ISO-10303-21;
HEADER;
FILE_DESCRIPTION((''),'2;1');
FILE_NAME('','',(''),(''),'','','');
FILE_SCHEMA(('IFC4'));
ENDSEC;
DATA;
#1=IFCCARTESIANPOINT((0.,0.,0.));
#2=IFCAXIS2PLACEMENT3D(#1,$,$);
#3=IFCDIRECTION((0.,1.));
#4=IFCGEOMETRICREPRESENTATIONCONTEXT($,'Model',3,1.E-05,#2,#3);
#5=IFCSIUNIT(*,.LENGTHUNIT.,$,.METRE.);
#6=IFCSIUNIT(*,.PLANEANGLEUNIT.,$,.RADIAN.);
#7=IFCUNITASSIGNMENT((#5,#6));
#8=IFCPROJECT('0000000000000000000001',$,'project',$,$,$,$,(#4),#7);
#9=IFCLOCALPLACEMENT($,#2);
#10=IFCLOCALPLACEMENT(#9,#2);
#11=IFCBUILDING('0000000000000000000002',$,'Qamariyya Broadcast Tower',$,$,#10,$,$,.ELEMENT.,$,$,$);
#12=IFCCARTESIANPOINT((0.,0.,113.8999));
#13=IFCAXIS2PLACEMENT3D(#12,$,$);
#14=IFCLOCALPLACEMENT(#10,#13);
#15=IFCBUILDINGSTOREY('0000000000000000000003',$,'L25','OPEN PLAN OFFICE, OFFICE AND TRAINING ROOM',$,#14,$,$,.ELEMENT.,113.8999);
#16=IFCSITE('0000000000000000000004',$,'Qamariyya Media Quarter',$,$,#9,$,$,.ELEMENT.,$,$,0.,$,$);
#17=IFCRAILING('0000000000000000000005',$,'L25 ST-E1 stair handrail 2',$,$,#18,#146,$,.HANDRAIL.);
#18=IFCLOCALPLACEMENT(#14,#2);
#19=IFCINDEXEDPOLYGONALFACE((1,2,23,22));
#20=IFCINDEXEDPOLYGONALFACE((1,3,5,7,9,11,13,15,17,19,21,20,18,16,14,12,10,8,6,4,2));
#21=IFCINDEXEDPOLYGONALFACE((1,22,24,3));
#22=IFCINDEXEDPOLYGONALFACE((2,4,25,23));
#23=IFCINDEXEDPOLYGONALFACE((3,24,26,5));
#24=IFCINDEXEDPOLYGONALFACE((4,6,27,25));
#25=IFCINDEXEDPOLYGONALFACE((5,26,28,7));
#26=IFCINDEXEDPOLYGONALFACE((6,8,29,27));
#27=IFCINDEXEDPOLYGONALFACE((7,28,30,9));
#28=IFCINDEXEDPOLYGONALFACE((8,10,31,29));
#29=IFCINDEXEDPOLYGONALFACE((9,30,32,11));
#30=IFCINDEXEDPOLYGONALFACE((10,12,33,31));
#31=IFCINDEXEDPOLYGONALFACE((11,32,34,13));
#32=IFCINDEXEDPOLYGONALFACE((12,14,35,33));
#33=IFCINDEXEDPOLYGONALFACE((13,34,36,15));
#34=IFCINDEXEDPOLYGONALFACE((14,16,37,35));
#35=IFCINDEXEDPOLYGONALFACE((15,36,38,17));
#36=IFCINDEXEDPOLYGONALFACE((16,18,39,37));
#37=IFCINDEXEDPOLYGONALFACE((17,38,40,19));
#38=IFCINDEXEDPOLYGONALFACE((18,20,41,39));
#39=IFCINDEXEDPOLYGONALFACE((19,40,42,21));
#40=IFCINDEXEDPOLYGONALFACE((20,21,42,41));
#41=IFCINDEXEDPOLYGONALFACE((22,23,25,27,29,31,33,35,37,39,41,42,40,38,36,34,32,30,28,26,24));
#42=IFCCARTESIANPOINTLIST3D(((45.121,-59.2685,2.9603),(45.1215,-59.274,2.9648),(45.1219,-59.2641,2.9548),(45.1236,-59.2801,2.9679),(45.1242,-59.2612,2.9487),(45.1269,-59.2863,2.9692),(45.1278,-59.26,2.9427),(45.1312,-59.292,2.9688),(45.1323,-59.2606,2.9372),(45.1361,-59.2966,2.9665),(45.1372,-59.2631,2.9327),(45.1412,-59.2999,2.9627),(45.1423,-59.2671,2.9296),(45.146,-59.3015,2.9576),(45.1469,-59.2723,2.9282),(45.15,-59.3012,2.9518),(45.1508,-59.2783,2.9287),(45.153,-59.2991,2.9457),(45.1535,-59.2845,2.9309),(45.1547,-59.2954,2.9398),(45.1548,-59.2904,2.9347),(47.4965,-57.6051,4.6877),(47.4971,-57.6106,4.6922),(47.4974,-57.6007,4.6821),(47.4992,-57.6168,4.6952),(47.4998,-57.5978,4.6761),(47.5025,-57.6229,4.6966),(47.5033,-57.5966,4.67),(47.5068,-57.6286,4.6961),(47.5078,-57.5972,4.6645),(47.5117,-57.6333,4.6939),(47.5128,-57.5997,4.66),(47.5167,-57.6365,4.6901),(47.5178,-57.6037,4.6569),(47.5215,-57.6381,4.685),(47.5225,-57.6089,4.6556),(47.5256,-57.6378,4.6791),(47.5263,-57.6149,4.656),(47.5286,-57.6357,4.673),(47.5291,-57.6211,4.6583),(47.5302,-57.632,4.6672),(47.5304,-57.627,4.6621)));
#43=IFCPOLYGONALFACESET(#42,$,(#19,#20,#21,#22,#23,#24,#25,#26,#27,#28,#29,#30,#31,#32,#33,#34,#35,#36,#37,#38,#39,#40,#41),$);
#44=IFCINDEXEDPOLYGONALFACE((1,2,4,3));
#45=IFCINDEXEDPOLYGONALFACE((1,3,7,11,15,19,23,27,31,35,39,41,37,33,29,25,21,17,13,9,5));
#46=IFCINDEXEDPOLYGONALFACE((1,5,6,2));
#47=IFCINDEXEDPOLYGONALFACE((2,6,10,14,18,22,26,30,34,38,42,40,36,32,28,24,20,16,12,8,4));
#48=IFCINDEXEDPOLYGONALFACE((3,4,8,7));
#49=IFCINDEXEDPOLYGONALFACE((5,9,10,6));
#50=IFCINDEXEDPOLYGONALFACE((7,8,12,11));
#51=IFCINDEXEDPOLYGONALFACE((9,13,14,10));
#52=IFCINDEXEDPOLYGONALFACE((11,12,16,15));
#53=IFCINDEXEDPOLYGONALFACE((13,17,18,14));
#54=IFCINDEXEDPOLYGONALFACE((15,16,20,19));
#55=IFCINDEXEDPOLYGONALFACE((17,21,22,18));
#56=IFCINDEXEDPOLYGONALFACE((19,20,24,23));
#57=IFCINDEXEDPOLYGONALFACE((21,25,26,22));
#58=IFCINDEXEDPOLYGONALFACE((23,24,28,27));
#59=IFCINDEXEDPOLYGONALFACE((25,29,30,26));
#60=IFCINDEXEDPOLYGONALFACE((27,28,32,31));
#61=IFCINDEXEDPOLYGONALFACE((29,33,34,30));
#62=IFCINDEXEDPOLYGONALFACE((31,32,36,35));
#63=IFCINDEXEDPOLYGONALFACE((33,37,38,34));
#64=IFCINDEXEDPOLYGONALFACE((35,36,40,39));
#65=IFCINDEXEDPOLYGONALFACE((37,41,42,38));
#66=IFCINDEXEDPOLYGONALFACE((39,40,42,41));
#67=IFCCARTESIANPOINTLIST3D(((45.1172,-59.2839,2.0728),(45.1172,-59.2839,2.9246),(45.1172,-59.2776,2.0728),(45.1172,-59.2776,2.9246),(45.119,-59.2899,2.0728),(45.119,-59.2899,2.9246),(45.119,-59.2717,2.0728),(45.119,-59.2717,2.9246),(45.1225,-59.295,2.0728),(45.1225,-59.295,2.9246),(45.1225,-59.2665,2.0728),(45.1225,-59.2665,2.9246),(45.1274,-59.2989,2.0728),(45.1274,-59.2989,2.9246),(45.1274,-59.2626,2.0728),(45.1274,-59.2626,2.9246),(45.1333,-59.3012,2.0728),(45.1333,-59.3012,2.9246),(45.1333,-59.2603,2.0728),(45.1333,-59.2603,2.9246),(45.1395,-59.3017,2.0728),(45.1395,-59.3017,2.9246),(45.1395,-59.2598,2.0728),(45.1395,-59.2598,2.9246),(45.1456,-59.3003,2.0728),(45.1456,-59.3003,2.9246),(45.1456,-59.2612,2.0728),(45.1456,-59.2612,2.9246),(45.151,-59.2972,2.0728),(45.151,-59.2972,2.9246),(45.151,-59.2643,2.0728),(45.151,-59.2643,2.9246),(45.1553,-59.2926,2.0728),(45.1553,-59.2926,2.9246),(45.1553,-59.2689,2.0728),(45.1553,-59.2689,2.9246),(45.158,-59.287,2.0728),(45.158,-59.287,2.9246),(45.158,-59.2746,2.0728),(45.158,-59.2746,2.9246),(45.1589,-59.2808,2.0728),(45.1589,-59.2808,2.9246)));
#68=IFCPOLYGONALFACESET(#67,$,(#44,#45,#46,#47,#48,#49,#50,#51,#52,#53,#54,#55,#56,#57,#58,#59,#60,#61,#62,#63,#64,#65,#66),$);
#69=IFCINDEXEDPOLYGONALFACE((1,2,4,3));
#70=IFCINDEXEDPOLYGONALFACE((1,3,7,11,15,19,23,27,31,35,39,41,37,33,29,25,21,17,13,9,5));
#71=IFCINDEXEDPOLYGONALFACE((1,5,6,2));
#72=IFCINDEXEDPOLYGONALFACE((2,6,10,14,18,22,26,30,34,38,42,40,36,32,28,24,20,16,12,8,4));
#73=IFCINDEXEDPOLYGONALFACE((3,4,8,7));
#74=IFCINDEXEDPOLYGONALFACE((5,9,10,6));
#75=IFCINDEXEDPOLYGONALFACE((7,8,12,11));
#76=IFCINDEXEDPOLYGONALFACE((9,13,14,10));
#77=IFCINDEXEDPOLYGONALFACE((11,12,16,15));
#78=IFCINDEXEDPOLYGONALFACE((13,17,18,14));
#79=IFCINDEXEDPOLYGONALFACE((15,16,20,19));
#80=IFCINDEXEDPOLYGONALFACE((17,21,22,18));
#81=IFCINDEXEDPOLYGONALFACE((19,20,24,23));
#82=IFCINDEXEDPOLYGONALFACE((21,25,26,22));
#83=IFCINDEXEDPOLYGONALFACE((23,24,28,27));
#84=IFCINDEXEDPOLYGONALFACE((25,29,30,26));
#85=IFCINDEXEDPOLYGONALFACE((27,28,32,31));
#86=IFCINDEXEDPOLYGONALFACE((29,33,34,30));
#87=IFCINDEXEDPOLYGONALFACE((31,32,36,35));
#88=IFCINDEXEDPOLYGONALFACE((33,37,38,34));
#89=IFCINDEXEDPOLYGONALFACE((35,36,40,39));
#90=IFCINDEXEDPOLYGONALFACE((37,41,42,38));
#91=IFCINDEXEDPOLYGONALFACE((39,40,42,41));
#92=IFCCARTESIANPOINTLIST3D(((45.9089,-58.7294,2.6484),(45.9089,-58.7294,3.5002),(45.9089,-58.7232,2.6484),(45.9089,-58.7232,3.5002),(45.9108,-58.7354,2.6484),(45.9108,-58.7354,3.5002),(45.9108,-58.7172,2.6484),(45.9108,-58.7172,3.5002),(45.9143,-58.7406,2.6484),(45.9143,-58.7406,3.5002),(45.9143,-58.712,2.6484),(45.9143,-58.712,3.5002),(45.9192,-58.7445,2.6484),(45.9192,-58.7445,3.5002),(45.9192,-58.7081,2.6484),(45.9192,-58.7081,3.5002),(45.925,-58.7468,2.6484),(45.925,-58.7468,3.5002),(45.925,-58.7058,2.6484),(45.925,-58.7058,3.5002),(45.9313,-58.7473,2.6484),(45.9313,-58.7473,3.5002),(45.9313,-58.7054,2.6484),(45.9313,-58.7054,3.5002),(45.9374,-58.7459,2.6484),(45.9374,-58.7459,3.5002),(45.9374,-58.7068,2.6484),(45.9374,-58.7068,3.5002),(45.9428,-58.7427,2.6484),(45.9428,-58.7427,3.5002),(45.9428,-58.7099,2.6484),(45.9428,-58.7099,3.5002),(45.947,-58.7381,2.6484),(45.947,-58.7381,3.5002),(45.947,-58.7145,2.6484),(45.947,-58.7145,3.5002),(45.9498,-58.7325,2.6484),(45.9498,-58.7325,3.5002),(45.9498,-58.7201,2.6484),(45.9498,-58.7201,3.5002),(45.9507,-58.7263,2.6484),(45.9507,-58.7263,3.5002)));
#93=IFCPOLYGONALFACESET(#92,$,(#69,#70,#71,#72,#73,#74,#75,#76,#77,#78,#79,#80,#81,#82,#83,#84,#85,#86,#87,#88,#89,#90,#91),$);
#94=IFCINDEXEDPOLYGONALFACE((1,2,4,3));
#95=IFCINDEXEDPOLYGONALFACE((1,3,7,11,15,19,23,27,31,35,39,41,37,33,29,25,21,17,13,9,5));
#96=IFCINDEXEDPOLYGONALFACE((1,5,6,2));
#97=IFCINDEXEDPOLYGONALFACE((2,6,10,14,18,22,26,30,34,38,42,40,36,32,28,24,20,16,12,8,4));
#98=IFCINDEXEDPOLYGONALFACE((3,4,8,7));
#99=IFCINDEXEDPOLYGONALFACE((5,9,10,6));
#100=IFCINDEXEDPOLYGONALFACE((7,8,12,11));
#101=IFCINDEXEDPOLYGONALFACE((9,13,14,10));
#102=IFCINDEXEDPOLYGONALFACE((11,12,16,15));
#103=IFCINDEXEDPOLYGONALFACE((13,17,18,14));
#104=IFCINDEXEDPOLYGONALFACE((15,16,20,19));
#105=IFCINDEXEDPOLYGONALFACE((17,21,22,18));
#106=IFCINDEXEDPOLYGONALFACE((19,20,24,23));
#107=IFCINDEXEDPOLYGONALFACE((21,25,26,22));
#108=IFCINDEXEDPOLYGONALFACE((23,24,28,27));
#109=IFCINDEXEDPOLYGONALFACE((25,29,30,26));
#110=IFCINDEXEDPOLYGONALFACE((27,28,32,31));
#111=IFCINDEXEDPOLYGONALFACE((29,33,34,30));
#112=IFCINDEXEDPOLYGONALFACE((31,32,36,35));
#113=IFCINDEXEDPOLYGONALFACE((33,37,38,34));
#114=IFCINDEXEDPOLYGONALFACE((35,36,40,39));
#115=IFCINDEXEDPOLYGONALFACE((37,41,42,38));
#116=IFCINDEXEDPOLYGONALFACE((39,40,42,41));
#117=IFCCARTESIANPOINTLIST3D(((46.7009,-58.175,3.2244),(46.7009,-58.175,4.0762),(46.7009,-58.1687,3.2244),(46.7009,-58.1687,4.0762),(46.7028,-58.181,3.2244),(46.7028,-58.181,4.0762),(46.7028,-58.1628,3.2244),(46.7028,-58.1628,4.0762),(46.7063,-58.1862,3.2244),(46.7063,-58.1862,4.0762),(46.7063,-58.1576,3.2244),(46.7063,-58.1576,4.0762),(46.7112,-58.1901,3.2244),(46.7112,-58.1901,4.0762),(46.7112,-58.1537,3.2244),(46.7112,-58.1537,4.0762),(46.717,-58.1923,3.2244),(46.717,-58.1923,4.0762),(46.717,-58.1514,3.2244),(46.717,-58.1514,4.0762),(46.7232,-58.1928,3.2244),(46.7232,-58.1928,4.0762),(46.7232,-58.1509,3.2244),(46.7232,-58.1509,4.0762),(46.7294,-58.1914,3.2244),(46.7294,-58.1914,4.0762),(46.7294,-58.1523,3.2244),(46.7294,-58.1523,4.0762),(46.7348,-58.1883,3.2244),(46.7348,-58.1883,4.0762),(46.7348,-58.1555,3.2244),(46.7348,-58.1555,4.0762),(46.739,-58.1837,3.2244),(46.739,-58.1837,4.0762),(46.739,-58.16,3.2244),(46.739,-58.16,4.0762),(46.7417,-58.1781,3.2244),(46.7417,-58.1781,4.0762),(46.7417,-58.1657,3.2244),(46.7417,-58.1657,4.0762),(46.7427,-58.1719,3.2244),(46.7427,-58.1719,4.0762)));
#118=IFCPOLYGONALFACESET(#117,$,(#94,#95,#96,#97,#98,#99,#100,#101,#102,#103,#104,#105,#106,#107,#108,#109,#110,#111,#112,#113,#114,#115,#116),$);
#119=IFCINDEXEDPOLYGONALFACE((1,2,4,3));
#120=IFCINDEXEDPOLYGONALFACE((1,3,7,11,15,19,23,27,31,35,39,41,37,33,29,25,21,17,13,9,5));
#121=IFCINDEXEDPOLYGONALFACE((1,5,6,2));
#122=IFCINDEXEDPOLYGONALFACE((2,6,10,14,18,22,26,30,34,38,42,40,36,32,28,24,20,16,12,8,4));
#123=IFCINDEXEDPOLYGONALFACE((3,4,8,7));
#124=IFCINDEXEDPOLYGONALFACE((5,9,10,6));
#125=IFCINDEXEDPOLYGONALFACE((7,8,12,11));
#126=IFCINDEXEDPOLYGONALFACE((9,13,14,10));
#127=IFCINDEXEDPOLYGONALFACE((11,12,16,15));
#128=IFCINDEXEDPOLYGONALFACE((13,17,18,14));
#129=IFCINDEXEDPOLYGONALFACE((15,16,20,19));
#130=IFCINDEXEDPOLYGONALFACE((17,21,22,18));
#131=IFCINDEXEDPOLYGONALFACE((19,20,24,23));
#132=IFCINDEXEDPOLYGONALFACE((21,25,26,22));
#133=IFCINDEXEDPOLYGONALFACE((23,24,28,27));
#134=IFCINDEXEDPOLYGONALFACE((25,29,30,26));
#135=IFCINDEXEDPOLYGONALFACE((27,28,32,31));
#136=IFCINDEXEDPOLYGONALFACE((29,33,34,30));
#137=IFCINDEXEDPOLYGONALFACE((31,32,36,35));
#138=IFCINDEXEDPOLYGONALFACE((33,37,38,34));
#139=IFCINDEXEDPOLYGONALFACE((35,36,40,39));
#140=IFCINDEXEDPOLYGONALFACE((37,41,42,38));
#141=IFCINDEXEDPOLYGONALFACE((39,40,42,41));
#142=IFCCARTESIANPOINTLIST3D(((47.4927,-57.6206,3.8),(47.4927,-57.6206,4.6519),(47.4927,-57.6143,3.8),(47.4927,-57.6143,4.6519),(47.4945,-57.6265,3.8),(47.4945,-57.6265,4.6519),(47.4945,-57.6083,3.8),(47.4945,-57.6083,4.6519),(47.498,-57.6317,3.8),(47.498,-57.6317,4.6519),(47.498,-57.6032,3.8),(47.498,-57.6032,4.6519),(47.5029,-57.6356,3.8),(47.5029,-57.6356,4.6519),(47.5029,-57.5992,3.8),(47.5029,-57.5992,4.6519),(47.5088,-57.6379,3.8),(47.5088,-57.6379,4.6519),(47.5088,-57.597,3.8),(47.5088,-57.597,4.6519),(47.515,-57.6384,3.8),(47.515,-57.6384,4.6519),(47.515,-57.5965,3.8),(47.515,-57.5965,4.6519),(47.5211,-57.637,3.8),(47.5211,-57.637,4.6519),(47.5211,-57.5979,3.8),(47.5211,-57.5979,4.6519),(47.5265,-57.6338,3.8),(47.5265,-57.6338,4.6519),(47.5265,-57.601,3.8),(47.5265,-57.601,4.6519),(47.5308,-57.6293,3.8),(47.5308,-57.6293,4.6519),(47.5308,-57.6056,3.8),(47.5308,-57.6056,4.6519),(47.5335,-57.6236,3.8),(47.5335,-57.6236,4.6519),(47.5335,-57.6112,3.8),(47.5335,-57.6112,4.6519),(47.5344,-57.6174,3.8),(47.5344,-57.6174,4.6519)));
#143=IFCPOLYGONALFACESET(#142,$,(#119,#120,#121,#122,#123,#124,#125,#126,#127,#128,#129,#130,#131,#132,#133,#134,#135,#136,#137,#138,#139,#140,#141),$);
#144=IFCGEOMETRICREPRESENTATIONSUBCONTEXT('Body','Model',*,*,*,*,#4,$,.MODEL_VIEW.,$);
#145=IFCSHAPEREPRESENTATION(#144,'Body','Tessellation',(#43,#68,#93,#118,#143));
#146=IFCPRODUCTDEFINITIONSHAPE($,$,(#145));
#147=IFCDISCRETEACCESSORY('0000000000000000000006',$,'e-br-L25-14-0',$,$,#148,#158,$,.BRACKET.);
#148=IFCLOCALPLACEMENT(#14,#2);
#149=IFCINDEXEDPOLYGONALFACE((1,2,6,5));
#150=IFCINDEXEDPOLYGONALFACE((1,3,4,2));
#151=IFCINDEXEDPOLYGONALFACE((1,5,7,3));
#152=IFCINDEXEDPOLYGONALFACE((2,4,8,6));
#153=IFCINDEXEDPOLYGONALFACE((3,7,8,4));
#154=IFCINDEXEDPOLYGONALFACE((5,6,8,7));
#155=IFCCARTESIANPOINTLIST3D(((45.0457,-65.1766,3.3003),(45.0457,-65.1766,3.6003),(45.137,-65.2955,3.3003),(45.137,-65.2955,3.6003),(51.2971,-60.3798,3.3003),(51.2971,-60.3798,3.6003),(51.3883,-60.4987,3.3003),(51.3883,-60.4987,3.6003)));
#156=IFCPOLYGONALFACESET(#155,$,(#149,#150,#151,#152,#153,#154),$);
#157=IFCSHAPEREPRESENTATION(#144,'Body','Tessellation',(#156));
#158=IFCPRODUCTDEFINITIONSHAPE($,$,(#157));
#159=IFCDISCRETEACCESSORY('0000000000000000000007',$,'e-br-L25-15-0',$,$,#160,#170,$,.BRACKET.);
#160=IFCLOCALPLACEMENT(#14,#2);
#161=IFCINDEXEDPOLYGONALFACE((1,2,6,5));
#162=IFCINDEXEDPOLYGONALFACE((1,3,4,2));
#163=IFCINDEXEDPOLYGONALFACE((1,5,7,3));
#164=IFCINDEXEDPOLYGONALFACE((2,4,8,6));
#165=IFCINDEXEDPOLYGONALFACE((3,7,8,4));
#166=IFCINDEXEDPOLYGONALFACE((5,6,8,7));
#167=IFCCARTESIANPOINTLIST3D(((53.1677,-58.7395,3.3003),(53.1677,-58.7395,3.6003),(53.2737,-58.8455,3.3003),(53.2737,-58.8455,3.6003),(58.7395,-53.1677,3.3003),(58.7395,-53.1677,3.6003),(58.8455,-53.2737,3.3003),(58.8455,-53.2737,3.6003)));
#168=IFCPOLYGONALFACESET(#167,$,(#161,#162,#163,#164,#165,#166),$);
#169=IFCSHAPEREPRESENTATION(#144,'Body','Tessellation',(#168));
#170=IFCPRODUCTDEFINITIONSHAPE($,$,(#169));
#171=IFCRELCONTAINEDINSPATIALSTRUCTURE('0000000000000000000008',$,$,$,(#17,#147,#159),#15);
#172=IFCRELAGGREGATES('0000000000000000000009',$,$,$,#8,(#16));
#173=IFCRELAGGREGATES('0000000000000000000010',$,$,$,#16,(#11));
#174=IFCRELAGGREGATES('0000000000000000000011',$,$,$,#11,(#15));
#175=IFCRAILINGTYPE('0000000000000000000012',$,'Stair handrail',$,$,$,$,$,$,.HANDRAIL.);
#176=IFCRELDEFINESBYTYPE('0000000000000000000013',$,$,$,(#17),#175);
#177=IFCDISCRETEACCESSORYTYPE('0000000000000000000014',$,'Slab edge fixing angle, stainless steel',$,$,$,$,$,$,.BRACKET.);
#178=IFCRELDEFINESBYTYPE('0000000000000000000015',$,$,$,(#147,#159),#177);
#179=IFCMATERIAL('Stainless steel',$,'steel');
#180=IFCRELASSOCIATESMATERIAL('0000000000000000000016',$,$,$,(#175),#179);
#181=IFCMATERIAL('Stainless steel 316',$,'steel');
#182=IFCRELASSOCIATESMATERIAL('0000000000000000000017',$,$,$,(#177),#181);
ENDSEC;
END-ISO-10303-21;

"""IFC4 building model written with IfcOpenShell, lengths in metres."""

from ifc_helpers import new_model, si_unit, direction, frame, origin, origin_2d, place, context, subcontext, project, spatial, rectangle, circle, extrude, material, type_object, element, save


model = new_model("IFC4")

# Units and contexts
model_context = context("Model", 3, precision=1e-05, world=origin(), true_north=direction((0.0, 1.0)))
body_context = subcontext(model_context, "Body", "Model", "MODEL_VIEW")
ifc_project = project(units=[si_unit("LENGTHUNIT", "METRE"), si_unit("PLANEANGLEUNIT", "RADIAN")], contexts=[model_context])

# Site, building, storey
site_placement = place(None, origin())
site = spatial("IfcSite", under=ifc_project, at=site_placement, Name="Qamariyya Media Quarter", CompositionType="ELEMENT", RefElevation=0.0)
building_placement = place(site_placement, origin())
building = spatial("IfcBuilding", under=site, at=building_placement, Name="Qamariyya Broadcast Tower", CompositionType="ELEMENT")
storey_placement = place(building_placement, frame((0.0, 0.0, 113.8999)))
storey = spatial("IfcBuildingStorey", under=building, at=storey_placement, Name="L25", Description="OPEN PLAN OFFICE, OFFICE AND TRAINING ROOM", CompositionType="ELEMENT", Elevation=113.8999)

# Railing
ifc_material_1 = material(Name="Stainless steel", Category="steel")
railing_type_1 = type_object("IfcRailingType", Name="Stair handrail", PredefinedType="HANDRAIL", material=ifc_material_1)
railing_1_placement = place(storey_placement, frame((45.1379, -59.2808, 2.0728)))
element("IfcRailing", 1, at=railing_1_placement, inside=storey, type_object=railing_type_1, Name="L25 ST-E1 stair handrail 2", PredefinedType="HANDRAIL", context=body_context, shape_type="SweptSolid", body=[
    extrude(circle(Radius=0.0239, at=origin_2d()), frame((0.0, 0.0, 0.876), z_axis=(0.70377, 0.492784, 0.511734), x_axis=(-0.573575, 0.819153, 0.0)), (0.0, 0.0, 1.0), 3.3755),
    extrude(circle(Radius=0.021, at=origin_2d()), origin(), (0.0, 0.0, 1.0), 0.8518),
    extrude(circle(Radius=0.021, at=origin_2d()), frame((0.7917, 0.5544, 0.5757)), (0.0, 0.0, 1.0), 0.8518),
    extrude(circle(Radius=0.021, at=origin_2d()), frame((1.5837, 1.1089, 1.1516)), (0.0, 0.0, 1.0), 0.8518),
    extrude(circle(Radius=0.021, at=origin_2d()), frame((2.3755, 1.6633, 1.7273)), (0.0, 0.0, 1.0), 0.8518),
])

# Discrete accessories
ifc_material_2 = material(Name="Stainless steel 316", Category="steel")
discrete_accessory_type = type_object("IfcDiscreteAccessoryType", Name="Slab edge fixing angle, stainless steel", PredefinedType="BRACKET", material=ifc_material_2)
for number, where, z_axis, x_axis, name in (
    (2, (48.217, -62.8376, 3.3003), (0.0, 0.0, 1.0), (0.793353, 0.608761, 0.0), "e-br-L25-14-0"),
    (3, (56.0066, -56.0066, 3.3003), (0.0, 0.0, 1.0), (0.707107, 0.707107, 0.0), "e-br-L25-15-0"),
):
    element("IfcDiscreteAccessory", number, at=place(storey_placement, frame(where, z_axis=z_axis, x_axis=x_axis)), inside=storey, type_object=discrete_accessory_type, Name=name, PredefinedType="BRACKET", context=body_context, shape_type="SweptSolid", body=[
        extrude(rectangle(XDim=7.8796, YDim=0.1499, at=origin_2d()), origin(), (0.0, 0.0, 1.0), 0.3),
    ])

save(model, "model.ifc")
